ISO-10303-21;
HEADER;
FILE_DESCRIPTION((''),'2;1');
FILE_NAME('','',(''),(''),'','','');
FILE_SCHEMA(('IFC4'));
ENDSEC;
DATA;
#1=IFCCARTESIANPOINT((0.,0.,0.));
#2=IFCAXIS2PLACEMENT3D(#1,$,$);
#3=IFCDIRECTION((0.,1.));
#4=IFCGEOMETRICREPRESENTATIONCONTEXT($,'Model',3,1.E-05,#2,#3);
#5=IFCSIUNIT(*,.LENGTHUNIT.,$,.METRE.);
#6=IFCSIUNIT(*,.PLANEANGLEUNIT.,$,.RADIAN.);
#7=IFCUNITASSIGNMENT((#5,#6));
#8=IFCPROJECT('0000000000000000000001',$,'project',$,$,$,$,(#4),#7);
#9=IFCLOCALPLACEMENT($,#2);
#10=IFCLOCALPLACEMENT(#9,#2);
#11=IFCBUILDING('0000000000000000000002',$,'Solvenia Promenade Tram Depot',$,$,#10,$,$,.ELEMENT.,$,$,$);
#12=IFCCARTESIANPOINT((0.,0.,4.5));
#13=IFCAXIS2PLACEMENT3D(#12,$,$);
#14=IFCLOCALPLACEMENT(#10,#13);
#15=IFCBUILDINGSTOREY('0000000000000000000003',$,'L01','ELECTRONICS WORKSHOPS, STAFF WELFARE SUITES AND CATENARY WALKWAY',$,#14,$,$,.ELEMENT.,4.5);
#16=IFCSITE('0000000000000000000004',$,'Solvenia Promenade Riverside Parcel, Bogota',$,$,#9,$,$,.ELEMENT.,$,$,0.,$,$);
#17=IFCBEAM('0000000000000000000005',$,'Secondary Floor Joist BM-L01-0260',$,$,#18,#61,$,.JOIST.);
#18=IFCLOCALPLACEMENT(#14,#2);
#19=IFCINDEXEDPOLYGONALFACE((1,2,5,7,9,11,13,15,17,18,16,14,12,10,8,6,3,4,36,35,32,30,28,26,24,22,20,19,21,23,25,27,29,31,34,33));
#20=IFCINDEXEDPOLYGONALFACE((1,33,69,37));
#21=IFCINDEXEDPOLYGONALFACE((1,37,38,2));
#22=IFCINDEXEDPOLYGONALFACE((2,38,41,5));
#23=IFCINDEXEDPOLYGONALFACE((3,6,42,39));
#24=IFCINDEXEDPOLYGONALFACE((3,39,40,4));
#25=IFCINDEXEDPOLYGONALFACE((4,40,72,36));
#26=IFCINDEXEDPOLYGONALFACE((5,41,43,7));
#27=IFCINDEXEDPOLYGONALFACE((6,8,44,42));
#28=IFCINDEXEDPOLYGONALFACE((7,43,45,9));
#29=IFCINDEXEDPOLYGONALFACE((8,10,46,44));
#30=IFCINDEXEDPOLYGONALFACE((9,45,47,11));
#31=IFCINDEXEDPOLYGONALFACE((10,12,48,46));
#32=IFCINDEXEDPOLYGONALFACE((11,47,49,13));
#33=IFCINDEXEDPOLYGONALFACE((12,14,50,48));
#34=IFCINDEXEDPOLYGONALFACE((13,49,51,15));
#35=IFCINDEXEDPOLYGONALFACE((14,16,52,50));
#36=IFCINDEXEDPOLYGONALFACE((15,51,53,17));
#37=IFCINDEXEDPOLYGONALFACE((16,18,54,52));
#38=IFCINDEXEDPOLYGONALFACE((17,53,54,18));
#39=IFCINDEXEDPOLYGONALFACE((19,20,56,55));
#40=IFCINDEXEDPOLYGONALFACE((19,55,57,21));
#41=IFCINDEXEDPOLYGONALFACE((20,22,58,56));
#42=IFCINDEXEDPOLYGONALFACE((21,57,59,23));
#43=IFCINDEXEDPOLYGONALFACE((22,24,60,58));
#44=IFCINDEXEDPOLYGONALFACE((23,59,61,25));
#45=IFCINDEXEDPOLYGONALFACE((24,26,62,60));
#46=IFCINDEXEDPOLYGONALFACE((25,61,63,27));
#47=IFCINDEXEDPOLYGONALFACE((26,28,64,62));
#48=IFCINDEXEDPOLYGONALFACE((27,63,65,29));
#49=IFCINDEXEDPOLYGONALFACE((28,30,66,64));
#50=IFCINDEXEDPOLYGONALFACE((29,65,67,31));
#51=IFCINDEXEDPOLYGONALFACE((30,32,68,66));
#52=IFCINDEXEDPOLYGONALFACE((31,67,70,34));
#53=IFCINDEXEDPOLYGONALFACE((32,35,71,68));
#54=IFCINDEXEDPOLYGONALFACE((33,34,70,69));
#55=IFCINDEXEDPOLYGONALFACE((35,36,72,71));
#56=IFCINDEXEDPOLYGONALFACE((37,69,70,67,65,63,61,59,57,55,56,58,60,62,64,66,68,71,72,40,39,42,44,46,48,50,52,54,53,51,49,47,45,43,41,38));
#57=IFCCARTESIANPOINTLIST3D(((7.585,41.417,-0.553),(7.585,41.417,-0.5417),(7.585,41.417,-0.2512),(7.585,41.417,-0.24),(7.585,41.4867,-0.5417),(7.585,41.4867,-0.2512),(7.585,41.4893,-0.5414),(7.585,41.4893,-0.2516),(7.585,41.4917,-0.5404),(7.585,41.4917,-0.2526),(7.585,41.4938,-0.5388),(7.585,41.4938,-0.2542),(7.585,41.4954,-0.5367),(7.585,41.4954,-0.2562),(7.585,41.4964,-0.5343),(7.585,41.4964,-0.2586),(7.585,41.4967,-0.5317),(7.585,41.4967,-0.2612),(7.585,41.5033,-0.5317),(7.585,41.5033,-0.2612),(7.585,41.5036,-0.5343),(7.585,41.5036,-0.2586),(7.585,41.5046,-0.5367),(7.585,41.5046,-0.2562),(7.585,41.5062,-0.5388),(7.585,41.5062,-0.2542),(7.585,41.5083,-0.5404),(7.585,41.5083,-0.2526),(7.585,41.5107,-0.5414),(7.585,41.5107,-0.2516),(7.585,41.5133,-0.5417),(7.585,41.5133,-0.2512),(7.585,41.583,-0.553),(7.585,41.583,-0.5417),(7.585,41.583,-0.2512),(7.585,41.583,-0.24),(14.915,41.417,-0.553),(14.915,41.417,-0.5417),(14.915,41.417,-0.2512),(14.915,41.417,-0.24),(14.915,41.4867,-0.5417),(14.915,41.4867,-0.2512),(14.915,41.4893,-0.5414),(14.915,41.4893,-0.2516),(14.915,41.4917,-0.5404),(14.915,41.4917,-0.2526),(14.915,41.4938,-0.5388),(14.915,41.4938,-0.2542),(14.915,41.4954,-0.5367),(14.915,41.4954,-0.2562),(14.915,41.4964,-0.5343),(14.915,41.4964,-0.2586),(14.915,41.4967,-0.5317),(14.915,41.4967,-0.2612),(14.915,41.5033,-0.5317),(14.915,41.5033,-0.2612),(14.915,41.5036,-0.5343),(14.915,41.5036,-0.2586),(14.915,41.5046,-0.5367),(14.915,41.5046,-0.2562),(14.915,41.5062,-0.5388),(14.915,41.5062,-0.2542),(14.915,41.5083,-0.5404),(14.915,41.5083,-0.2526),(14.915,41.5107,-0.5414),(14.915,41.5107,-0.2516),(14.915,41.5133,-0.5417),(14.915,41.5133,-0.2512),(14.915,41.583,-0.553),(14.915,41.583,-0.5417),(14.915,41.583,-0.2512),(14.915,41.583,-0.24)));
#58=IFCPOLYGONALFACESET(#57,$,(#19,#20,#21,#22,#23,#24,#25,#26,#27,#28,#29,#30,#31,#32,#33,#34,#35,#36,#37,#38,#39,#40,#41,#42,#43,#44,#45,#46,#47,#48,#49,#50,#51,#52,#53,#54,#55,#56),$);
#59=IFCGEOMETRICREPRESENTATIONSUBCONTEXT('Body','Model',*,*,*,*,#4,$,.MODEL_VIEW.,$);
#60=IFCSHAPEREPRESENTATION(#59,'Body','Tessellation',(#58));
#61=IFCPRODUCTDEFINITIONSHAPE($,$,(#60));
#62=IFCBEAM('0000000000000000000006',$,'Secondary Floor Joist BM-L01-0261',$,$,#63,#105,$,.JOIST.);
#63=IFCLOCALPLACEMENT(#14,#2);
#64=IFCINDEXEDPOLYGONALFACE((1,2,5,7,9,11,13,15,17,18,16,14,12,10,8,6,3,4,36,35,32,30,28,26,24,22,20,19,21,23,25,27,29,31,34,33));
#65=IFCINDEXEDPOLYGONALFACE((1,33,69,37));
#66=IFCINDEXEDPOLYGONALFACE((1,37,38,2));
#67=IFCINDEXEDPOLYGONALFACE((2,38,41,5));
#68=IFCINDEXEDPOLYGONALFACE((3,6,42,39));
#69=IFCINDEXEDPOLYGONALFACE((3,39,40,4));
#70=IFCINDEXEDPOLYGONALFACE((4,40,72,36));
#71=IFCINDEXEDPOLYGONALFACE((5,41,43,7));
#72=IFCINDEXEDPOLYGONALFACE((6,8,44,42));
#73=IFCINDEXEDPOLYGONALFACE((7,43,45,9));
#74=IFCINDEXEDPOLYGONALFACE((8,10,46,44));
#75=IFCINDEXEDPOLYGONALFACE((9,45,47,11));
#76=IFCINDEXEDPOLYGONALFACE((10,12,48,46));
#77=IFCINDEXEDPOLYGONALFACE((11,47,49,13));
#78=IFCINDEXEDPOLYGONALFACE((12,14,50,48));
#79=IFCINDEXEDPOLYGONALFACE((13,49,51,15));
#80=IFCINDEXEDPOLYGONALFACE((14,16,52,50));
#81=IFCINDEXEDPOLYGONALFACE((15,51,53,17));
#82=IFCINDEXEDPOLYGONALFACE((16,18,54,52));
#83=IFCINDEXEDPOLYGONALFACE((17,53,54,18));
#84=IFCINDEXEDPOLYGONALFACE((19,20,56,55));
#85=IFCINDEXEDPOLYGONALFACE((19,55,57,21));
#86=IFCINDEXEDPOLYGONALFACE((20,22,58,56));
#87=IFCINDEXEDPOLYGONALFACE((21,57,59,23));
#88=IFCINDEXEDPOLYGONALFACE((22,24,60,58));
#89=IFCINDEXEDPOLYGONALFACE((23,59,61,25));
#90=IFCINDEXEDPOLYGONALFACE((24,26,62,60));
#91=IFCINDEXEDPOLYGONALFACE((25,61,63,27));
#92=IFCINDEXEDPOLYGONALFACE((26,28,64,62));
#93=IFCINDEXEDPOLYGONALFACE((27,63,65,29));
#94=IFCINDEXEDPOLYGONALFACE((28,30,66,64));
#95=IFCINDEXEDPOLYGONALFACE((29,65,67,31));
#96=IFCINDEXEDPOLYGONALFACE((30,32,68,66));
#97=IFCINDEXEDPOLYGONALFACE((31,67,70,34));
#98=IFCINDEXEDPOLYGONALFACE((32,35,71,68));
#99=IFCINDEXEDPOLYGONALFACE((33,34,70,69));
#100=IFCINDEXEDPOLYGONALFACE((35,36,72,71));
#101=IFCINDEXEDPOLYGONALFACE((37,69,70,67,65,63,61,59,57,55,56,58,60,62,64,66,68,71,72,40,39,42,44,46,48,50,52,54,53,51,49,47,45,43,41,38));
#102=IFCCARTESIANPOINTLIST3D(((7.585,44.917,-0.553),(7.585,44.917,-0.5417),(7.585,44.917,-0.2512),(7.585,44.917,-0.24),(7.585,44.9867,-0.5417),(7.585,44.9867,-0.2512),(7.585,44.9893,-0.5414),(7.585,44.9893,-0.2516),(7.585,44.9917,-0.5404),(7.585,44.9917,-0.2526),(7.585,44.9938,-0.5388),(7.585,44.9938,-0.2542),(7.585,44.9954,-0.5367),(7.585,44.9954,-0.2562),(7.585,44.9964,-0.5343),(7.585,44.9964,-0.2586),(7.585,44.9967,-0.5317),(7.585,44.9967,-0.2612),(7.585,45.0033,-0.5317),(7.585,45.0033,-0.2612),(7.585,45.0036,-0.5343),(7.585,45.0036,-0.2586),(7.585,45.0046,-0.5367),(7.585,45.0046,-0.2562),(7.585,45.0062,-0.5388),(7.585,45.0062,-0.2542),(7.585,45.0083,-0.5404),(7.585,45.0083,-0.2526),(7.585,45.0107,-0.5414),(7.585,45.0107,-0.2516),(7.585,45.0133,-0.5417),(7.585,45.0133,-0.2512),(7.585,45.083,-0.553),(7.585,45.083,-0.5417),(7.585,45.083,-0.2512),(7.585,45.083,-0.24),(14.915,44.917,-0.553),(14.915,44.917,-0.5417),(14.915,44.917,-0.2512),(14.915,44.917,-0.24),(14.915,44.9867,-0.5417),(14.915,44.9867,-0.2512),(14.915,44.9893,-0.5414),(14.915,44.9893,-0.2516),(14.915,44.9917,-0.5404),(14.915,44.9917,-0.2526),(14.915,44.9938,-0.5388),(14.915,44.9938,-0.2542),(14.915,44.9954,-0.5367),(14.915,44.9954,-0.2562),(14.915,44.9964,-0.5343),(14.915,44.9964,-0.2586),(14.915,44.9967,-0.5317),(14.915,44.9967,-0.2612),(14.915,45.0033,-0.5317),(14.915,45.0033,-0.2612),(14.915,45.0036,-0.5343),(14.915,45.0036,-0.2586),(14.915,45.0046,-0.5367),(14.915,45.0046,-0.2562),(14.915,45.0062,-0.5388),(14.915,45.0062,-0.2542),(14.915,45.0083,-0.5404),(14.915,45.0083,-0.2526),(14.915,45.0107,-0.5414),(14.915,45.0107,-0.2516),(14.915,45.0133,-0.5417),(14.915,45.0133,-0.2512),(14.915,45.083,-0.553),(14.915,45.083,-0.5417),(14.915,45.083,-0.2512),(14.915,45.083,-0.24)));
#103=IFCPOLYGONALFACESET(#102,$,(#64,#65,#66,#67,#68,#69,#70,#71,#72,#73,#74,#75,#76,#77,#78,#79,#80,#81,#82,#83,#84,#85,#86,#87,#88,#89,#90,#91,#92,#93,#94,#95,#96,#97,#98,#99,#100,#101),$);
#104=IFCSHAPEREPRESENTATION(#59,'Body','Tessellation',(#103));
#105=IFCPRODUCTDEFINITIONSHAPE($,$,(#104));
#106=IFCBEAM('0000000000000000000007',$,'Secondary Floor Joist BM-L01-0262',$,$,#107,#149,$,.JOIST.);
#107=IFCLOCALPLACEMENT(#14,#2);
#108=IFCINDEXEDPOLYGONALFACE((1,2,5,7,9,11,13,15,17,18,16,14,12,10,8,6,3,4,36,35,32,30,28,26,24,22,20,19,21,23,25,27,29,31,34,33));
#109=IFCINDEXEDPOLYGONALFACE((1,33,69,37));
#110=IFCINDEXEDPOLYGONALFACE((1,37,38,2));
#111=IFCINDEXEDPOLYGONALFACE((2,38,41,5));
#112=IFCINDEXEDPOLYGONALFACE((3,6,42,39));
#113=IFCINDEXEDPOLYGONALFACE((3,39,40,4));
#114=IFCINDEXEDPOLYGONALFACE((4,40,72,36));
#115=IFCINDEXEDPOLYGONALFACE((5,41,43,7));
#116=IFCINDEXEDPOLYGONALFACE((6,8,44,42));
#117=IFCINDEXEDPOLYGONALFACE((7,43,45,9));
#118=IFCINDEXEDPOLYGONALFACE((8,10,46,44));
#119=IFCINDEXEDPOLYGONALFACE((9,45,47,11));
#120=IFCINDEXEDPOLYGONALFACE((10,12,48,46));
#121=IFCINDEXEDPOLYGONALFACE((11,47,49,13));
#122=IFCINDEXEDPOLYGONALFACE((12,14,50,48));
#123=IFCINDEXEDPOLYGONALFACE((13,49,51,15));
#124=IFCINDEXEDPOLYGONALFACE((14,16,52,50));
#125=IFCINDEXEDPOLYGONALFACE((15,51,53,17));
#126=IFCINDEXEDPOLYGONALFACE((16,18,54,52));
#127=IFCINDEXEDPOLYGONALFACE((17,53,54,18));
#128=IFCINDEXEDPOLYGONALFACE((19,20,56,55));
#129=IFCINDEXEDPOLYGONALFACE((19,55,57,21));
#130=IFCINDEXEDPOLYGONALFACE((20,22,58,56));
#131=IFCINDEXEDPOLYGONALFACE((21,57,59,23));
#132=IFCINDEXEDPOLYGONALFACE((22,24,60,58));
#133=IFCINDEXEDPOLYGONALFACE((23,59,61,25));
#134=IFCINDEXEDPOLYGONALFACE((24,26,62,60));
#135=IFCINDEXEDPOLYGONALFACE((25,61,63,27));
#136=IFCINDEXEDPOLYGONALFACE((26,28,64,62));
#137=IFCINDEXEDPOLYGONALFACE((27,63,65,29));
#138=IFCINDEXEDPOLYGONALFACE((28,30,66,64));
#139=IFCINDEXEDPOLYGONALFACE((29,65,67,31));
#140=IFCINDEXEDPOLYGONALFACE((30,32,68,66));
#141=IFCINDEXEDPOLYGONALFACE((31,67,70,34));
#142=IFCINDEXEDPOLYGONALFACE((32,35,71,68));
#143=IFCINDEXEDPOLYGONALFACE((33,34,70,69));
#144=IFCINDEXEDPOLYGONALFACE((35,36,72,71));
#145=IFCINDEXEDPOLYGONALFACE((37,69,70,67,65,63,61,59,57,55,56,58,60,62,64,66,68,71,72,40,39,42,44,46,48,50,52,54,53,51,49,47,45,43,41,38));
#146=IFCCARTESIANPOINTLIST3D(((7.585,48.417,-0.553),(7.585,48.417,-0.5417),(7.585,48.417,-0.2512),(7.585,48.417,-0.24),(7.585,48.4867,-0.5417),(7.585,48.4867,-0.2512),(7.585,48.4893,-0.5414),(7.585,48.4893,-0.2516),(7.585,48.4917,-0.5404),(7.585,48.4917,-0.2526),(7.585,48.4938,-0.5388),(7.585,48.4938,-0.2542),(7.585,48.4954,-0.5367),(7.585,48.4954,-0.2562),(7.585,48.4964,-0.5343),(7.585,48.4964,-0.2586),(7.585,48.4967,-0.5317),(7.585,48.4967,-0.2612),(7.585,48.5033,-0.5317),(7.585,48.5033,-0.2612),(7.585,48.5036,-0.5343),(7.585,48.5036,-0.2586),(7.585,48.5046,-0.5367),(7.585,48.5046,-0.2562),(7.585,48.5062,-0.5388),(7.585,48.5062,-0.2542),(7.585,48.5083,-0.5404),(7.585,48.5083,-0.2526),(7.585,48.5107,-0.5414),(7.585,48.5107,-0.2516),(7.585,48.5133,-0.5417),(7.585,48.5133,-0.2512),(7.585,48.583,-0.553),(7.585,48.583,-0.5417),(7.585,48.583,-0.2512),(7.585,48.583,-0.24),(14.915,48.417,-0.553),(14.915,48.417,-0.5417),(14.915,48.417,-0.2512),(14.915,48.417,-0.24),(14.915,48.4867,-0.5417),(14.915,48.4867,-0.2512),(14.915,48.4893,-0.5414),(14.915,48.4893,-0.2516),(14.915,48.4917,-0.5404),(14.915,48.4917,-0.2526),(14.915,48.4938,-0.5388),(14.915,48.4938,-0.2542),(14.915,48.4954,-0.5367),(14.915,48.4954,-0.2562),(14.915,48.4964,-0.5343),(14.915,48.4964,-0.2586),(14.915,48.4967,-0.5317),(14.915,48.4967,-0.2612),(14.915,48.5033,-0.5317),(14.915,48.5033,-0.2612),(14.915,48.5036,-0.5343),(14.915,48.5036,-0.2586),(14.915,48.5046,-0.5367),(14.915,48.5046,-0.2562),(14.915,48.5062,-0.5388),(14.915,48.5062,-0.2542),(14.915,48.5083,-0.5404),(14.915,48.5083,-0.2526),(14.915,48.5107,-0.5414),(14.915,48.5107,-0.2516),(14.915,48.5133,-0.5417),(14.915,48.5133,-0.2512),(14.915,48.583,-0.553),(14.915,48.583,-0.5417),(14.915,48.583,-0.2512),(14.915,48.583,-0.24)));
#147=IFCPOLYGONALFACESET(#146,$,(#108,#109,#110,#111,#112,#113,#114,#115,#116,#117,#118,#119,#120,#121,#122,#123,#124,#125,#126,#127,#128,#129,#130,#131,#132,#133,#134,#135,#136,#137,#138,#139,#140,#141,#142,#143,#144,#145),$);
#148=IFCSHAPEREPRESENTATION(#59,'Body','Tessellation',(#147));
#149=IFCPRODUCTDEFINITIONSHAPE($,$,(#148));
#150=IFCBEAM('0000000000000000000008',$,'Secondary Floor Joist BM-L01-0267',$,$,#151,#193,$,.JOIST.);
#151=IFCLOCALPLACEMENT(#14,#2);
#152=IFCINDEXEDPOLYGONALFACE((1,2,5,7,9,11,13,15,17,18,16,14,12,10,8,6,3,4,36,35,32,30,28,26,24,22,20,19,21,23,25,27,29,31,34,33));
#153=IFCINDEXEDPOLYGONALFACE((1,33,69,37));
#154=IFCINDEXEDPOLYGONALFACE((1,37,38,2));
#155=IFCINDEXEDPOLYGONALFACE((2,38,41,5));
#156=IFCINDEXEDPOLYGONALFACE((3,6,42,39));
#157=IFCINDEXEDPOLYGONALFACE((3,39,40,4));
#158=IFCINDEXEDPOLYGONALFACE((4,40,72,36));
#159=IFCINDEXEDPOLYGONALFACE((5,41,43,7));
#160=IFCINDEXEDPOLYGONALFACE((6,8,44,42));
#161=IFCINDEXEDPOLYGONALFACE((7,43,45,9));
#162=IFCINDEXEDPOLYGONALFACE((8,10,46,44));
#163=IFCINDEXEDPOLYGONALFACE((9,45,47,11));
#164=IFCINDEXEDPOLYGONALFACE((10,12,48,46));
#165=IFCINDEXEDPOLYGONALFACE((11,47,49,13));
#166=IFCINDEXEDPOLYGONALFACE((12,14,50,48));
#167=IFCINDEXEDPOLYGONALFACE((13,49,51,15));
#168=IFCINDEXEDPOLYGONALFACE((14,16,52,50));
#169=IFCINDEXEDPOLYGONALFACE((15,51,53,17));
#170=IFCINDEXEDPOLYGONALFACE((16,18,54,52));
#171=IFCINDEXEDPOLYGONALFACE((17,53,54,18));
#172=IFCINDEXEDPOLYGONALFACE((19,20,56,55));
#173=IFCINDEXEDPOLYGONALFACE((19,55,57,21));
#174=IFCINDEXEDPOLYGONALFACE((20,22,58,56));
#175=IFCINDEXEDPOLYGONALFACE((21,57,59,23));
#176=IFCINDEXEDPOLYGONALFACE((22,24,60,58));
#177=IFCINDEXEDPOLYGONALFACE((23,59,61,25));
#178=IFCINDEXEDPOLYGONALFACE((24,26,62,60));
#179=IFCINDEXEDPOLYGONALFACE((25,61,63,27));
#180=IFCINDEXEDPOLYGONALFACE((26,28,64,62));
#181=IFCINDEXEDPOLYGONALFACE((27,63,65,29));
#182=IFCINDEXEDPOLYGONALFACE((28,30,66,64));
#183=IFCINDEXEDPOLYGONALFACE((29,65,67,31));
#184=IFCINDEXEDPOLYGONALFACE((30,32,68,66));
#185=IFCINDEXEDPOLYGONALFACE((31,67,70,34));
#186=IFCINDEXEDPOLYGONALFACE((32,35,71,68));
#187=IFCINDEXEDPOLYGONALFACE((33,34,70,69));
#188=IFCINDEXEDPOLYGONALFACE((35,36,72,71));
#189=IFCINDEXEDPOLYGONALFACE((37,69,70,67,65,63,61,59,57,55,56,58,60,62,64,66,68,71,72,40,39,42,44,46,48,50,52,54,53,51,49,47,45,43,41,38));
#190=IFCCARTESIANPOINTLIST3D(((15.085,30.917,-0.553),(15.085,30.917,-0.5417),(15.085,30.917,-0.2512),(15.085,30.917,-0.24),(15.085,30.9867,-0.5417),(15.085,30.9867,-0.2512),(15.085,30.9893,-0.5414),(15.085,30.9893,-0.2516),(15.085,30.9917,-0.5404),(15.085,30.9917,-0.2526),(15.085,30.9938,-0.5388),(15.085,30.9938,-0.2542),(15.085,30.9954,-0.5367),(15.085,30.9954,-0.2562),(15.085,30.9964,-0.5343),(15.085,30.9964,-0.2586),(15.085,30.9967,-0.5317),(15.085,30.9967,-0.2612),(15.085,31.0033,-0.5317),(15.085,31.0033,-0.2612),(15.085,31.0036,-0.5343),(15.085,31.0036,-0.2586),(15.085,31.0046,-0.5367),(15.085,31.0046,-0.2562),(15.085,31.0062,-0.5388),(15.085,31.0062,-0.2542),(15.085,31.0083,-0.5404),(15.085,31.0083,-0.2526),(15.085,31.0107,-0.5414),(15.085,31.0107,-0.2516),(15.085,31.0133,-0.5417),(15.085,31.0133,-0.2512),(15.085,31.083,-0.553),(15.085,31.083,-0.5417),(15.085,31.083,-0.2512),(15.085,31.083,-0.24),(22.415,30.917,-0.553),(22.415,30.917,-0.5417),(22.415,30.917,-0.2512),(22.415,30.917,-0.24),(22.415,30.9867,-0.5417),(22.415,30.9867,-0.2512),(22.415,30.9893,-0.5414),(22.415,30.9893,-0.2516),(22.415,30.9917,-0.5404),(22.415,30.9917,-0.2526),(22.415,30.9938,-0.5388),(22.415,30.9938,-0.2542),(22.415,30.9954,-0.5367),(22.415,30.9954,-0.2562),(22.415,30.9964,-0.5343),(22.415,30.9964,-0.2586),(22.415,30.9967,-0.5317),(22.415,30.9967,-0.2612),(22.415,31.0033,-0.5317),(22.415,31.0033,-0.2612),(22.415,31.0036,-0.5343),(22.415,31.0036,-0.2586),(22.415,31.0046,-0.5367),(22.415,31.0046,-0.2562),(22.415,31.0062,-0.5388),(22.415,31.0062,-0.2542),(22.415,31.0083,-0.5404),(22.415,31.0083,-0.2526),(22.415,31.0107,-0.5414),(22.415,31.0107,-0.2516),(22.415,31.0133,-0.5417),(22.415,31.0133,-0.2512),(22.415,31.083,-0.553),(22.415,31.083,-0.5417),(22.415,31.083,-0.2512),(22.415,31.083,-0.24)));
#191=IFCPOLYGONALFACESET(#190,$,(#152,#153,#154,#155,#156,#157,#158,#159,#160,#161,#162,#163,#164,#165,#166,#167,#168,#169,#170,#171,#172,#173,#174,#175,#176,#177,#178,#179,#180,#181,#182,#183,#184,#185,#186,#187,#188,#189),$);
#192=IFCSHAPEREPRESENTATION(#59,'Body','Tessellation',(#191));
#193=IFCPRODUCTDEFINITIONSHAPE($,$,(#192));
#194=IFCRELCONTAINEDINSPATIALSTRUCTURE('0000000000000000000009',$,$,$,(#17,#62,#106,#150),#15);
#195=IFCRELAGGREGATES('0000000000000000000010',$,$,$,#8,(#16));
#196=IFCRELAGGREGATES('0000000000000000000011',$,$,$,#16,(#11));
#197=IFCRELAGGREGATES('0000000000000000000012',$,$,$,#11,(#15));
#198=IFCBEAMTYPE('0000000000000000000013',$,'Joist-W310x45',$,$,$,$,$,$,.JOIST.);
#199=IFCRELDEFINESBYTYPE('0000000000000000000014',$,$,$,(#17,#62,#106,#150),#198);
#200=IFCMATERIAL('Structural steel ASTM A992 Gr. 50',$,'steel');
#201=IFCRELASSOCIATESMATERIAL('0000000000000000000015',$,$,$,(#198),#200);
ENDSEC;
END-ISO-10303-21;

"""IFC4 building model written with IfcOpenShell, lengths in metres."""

from ifc_helpers import new_model, si_unit, direction, frame, origin, origin_2d, place, context, subcontext, project, spatial, i_section, extrude, material, material_profile, profile_set, type_object, element, save


model = new_model("IFC4")

# Units and contexts
model_context = context("Model", 3, precision=1e-05, world=origin(), true_north=direction((0.0, 1.0)))
body_context = subcontext(model_context, "Body", "Model", "MODEL_VIEW")
ifc_project = project(units=[si_unit("LENGTHUNIT", "METRE"), si_unit("PLANEANGLEUNIT", "RADIAN")], contexts=[model_context])

# Site, building, storey
site_placement = place(None, origin())
site = spatial("IfcSite", under=ifc_project, at=site_placement, Name="Solvenia Promenade Riverside Parcel, Bogota", CompositionType="ELEMENT", RefElevation=0.0)
building_placement = place(site_placement, origin())
building = spatial("IfcBuilding", under=site, at=building_placement, Name="Solvenia Promenade Tram Depot", CompositionType="ELEMENT")
storey_placement = place(building_placement, frame((0.0, 0.0, 4.5)))
storey = spatial("IfcBuildingStorey", under=building, at=storey_placement, Name="L01", Description="ELECTRONICS WORKSHOPS, STAFF WELFARE SUITES AND CATENARY WALKWAY", CompositionType="ELEMENT", Elevation=4.5)

# Shared definitions
ifc_material_1 = material(Name="Structural steel ASTM A992 Gr. 50", Category="steel")

# Beams
ifc_material_profile_1 = material_profile(ifc_material_1, i_section(OverallWidth=0.166, OverallDepth=0.313, WebThickness=0.0066, FlangeThickness=0.0112, FilletRadius=0.01, at=origin_2d()), Name="W310x45", Category="steel")
ifc_profile_set_1 = profile_set([ifc_material_profile_1], Name="Structural steel ASTM A992 Gr. 50")
beam_type_1 = type_object("IfcBeamType", Name="Joist-W310x45", PredefinedType="JOIST", material=ifc_profile_set_1)
for number, where, z_axis, x_axis, name in (
    (1, (7.585, 41.5, -0.3965), (1.0, 0.0, 0.0), (0.0, 1.0, 0.0), "Secondary Floor Joist BM-L01-0260"),
    (2, (7.585, 45.0, -0.3965), (1.0, 0.0, 0.0), (0.0, 1.0, 0.0), "Secondary Floor Joist BM-L01-0261"),
    (3, (7.585, 48.5, -0.3965), (1.0, 0.0, 0.0), (0.0, 1.0, 0.0), "Secondary Floor Joist BM-L01-0262"),
    (4, (15.085, 31.0, -0.3965), (1.0, 0.0, 0.0), (0.0, 1.0, 0.0), "Secondary Floor Joist BM-L01-0267"),
):
    element("IfcBeam", number, at=place(storey_placement, frame(where, z_axis=z_axis, x_axis=x_axis)), inside=storey, type_object=beam_type_1, Name=name, PredefinedType="JOIST", context=body_context, shape_type="SweptSolid", body=[
        extrude(i_section(OverallWidth=0.166, OverallDepth=0.313, WebThickness=0.0066, FlangeThickness=0.0112, FilletRadius=0.01, at=origin_2d()), origin(), (0.0, 0.0, 1.0), 7.3301),
    ])

save(model, "model.ifc")
